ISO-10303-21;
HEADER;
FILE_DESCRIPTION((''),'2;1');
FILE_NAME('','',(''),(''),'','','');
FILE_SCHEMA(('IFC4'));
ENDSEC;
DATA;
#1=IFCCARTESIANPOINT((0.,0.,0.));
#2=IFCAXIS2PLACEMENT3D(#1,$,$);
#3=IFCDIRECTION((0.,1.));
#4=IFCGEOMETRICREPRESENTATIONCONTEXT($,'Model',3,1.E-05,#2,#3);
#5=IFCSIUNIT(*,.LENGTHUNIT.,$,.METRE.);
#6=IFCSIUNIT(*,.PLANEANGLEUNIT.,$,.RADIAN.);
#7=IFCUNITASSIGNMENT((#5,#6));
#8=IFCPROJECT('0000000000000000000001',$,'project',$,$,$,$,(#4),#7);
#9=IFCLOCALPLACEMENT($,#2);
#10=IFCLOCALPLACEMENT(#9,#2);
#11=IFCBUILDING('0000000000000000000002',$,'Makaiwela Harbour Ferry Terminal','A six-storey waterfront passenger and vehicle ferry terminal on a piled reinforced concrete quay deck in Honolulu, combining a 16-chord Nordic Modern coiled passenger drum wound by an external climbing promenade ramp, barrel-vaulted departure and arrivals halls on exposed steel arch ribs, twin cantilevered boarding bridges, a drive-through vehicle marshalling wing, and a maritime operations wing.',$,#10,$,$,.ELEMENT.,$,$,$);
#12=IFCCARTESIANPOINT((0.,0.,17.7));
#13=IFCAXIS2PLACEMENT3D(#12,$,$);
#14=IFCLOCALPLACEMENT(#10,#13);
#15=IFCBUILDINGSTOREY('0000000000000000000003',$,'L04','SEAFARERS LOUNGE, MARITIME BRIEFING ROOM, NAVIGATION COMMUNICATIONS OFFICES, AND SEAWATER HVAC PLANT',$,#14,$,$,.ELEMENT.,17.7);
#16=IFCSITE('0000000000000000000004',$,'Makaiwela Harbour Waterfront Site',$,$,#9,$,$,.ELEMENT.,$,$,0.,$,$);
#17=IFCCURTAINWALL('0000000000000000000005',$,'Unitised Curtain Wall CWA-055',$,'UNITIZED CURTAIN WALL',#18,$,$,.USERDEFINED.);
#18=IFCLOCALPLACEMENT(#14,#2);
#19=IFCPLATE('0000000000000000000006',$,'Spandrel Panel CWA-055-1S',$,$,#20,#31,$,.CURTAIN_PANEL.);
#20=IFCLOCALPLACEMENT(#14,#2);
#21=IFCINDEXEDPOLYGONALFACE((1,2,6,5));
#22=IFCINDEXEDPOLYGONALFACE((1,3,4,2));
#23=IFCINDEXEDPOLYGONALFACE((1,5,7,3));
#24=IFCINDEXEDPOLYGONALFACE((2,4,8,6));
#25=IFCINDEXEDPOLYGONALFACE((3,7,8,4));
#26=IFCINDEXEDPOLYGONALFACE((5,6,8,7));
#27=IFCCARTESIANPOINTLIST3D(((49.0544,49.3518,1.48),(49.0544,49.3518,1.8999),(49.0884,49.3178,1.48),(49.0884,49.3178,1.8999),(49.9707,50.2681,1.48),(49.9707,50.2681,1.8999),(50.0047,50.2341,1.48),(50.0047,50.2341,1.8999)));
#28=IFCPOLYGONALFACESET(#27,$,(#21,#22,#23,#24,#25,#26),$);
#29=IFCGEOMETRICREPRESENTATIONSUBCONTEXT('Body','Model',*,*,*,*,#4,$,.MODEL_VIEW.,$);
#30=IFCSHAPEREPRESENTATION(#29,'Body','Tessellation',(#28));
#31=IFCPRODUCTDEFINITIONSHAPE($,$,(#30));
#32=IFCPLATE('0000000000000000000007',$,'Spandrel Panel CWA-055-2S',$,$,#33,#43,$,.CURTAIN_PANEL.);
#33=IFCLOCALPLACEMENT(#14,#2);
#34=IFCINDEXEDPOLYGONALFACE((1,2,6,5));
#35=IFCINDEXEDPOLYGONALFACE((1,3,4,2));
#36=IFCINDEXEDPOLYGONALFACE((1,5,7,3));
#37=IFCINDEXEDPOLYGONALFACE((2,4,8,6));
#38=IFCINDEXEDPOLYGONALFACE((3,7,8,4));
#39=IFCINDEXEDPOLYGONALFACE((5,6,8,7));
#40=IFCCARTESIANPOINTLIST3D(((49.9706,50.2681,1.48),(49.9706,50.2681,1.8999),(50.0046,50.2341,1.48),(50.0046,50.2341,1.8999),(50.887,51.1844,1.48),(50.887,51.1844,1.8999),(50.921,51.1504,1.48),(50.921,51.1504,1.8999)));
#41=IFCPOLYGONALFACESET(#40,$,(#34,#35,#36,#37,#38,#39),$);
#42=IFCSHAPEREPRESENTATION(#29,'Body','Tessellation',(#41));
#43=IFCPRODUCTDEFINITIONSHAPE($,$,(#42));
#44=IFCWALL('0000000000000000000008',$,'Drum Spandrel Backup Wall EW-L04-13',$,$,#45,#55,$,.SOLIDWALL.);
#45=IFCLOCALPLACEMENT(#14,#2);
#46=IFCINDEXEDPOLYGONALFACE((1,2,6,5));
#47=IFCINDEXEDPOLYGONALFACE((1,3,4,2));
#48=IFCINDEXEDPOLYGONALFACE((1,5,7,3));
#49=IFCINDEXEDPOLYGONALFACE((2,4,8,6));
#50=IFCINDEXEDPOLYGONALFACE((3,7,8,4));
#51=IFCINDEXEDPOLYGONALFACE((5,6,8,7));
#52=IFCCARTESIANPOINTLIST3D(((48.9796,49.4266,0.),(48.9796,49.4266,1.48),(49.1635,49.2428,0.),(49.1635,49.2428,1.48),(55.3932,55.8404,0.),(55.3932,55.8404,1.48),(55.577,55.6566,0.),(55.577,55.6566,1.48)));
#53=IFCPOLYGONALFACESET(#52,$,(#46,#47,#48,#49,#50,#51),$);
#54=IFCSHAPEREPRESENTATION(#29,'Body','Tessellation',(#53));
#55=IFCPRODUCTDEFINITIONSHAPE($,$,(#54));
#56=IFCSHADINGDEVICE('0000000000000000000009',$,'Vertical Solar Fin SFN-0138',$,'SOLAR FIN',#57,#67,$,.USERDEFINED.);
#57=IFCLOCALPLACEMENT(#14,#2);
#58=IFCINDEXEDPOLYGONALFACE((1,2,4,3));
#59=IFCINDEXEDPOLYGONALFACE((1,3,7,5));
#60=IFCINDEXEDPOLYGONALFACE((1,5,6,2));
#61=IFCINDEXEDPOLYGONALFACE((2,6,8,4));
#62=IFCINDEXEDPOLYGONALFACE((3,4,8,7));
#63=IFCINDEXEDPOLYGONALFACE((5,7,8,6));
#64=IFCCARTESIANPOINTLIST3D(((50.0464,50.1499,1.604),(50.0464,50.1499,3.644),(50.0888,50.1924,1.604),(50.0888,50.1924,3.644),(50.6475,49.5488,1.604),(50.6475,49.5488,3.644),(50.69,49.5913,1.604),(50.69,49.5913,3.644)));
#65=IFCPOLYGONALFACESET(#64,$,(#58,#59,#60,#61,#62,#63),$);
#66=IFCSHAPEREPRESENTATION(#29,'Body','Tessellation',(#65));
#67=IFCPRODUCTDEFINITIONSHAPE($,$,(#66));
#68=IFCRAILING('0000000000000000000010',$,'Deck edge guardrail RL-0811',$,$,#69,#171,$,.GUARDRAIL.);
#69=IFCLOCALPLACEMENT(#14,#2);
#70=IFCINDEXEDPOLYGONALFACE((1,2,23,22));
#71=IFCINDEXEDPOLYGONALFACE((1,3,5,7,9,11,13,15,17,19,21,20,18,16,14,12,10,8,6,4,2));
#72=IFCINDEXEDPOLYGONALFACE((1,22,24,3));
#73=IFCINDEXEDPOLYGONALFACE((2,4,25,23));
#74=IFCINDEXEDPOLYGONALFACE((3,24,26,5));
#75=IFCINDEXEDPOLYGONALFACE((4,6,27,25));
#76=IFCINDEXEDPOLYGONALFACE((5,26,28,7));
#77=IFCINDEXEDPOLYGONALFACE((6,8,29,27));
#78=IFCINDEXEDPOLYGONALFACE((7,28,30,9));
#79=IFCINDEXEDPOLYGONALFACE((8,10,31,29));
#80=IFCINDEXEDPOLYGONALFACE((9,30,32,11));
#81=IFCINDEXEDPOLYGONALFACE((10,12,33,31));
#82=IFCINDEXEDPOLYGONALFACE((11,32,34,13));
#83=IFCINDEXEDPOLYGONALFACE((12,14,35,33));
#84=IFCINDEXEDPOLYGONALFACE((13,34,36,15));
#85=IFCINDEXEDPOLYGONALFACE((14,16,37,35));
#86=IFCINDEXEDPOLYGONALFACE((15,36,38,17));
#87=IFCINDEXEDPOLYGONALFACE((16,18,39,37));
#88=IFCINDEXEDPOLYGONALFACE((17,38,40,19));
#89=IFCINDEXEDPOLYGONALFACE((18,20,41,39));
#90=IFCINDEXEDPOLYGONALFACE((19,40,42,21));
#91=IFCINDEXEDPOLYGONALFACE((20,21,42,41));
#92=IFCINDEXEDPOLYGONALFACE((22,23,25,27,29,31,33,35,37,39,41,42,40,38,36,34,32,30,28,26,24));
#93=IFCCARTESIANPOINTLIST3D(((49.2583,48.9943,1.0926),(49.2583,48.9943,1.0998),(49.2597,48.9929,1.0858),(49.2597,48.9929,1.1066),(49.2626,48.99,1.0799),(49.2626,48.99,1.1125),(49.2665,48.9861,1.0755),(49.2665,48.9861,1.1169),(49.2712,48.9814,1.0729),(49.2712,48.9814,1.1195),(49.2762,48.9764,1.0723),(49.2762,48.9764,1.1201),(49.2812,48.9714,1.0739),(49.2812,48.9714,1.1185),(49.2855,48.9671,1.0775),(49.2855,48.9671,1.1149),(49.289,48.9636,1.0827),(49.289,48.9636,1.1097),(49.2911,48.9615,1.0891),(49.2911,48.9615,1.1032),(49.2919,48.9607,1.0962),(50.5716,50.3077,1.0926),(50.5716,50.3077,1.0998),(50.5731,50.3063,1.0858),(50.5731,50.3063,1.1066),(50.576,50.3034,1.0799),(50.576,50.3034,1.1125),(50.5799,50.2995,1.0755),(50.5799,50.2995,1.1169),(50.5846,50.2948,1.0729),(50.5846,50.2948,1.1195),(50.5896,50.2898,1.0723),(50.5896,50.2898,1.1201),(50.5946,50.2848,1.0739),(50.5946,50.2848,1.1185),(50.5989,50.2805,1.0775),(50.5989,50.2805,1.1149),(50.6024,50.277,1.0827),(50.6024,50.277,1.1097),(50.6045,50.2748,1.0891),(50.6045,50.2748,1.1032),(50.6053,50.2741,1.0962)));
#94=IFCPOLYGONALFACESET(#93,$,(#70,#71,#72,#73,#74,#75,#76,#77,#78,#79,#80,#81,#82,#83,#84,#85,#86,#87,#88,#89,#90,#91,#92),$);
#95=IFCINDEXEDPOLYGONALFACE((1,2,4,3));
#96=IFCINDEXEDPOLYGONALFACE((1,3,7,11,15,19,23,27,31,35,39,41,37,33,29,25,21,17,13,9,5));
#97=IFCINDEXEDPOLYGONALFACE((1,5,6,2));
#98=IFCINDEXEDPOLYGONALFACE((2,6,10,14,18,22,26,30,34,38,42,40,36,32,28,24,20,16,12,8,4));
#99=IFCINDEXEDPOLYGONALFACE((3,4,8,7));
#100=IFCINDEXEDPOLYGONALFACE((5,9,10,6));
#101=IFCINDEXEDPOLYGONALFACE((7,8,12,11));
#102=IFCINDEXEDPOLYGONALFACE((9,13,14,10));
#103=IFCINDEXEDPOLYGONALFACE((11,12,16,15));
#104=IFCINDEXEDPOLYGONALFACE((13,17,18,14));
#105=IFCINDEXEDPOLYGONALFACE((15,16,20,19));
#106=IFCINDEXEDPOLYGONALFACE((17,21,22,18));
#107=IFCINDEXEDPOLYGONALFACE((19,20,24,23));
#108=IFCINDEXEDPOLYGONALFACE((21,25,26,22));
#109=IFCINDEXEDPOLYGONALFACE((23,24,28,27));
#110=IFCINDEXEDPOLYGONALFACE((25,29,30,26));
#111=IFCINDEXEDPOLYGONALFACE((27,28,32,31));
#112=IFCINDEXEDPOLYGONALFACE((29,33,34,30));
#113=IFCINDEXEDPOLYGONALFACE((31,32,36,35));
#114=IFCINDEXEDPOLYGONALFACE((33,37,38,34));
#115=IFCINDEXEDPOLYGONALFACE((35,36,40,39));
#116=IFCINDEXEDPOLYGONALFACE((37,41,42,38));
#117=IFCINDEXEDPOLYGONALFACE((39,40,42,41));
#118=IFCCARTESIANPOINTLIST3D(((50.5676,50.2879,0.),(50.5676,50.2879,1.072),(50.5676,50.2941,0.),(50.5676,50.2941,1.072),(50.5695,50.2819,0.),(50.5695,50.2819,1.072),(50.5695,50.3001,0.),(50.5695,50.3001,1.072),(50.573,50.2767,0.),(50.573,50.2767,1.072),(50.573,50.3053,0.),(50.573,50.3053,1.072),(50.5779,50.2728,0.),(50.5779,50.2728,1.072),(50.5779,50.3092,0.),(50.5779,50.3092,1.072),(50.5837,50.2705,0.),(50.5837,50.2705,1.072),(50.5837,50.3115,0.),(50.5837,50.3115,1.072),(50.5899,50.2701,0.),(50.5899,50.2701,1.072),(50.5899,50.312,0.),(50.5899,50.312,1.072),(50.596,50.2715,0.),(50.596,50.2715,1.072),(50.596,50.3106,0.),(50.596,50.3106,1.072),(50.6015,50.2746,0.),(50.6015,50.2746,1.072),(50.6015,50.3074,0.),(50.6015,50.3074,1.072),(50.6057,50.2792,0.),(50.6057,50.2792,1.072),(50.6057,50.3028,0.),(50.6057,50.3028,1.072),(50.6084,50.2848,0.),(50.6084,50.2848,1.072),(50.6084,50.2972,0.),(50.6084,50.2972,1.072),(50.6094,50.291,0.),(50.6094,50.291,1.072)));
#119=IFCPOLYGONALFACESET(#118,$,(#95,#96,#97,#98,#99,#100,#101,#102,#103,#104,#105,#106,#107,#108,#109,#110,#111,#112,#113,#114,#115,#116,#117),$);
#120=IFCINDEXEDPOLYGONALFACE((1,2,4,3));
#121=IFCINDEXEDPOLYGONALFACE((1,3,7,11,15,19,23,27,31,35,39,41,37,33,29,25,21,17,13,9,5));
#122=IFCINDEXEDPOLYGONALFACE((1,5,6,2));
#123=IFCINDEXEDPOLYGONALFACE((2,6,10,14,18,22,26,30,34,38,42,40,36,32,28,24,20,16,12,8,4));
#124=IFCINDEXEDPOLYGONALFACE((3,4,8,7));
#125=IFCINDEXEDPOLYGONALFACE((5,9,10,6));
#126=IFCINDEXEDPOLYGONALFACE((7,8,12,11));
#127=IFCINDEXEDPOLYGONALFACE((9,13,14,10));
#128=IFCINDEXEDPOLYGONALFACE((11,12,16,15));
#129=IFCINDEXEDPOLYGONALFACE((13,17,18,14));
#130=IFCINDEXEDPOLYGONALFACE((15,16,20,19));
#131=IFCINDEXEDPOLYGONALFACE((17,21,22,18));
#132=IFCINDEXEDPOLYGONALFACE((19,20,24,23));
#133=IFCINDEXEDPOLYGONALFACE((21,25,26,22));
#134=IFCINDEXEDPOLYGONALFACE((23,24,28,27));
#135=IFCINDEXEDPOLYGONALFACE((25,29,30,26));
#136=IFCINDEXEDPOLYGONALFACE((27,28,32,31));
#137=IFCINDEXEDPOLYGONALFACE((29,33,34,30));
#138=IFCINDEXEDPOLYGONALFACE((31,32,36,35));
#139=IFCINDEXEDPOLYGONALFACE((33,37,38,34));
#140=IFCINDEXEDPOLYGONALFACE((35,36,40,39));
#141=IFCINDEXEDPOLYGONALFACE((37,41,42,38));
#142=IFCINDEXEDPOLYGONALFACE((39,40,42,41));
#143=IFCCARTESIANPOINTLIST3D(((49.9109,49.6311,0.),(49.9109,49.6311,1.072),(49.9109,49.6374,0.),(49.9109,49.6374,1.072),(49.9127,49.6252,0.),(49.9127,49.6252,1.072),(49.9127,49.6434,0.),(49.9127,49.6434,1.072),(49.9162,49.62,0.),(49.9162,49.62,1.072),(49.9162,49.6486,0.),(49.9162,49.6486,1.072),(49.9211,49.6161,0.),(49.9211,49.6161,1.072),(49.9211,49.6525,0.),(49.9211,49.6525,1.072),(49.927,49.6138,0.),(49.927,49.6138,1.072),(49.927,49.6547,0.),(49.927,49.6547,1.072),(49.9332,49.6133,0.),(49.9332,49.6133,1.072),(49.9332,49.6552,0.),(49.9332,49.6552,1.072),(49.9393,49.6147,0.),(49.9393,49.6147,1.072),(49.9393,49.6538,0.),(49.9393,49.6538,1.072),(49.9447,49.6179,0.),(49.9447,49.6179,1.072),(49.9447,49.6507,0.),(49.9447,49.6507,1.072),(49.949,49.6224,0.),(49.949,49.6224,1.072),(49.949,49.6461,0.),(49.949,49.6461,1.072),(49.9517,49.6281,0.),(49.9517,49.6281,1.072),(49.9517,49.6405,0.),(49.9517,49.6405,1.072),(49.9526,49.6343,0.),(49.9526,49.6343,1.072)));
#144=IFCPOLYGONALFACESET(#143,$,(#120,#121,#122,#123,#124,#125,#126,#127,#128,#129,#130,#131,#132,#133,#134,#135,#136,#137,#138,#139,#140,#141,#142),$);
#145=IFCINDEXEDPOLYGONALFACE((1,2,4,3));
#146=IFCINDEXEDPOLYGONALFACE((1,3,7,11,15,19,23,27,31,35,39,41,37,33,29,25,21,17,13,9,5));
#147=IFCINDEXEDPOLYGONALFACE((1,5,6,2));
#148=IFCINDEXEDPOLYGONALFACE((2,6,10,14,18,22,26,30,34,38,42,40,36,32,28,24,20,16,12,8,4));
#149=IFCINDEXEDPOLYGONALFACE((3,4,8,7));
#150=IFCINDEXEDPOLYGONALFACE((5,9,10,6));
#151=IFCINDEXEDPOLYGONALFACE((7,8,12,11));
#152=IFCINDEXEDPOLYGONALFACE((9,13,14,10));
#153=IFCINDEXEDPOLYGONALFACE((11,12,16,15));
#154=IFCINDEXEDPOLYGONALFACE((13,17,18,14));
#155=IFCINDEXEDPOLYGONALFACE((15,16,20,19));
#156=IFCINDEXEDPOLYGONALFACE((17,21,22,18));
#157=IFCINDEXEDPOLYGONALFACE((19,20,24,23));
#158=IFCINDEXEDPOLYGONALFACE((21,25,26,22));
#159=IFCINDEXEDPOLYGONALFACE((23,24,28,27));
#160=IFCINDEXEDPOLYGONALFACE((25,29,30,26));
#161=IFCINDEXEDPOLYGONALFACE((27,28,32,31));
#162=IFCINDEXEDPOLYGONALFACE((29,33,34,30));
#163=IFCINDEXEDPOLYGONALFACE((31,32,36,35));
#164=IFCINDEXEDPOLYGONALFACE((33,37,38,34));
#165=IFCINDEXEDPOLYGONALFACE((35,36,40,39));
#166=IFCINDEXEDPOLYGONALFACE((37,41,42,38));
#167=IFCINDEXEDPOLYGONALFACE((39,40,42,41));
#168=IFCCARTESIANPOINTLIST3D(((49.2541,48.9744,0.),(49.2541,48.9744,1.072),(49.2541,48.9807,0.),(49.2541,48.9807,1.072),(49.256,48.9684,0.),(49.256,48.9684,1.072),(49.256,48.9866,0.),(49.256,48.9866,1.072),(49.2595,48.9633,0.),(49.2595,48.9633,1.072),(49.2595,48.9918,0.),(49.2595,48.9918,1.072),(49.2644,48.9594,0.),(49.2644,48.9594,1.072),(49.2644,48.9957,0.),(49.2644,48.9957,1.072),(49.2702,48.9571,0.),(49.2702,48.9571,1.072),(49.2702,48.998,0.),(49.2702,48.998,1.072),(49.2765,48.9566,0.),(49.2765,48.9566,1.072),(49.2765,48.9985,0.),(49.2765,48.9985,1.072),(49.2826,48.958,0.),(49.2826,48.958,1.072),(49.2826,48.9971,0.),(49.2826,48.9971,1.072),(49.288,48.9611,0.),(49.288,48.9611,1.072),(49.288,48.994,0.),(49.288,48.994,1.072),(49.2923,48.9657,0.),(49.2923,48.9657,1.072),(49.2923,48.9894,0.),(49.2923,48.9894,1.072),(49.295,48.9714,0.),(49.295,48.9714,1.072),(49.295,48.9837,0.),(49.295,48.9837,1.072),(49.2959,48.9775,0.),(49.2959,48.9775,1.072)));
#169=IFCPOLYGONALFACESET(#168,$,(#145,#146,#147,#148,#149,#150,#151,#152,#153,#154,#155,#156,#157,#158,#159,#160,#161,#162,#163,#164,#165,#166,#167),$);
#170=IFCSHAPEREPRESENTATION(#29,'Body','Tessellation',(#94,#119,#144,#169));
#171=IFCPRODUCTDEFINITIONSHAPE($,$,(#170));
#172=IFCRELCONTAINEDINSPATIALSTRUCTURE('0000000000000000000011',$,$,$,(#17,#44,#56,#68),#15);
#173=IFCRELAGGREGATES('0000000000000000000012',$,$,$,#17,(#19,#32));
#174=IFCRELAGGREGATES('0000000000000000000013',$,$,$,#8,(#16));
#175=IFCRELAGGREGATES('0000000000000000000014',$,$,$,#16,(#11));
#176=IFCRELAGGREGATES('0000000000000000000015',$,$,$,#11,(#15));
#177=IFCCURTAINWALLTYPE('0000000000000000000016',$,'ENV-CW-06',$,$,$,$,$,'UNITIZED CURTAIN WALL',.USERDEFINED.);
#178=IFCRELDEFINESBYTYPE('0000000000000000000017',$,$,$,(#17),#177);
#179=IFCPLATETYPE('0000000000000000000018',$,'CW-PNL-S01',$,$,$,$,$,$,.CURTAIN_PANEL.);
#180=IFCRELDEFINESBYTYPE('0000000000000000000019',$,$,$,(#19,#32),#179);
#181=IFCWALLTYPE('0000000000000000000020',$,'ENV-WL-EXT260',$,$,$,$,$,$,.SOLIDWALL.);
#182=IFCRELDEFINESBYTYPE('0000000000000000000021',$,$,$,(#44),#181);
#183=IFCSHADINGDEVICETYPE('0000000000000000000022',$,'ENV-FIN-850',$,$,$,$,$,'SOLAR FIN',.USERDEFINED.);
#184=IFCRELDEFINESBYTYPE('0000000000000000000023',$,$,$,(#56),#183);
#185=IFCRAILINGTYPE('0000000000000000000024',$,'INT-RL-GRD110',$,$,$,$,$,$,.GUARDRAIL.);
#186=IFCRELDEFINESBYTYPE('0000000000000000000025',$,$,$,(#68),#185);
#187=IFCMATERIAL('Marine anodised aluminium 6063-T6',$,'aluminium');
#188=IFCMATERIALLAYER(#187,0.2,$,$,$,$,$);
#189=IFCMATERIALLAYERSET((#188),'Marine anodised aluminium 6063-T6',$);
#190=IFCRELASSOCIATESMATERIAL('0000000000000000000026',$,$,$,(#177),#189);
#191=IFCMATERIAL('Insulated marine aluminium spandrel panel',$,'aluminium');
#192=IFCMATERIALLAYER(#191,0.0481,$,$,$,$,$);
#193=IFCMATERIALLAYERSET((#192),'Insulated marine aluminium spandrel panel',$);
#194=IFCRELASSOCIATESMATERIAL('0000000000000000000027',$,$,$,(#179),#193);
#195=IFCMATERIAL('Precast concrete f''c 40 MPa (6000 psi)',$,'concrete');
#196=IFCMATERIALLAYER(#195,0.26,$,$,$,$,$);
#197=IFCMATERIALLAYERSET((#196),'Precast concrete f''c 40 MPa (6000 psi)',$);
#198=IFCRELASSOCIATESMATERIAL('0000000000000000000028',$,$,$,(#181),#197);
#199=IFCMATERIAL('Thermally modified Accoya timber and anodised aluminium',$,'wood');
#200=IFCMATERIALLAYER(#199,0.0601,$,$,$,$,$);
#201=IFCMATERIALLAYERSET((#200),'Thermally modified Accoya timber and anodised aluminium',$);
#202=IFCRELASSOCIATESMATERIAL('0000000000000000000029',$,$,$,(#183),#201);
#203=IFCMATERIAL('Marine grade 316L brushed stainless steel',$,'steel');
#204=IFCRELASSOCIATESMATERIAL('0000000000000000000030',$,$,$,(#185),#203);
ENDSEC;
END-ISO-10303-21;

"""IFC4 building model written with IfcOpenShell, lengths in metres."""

from ifc_helpers import new_model, si_unit, direction, frame, frame_2d, origin, origin_2d, place, context, subcontext, project, spatial, rectangle, circle, extrude, material, layer, layer_set, type_object, element, aggregate, save


model = new_model("IFC4")

# Units and contexts
model_context = context("Model", 3, precision=1e-05, world=origin(), true_north=direction((0.0, 1.0)))
body_context = subcontext(model_context, "Body", "Model", "MODEL_VIEW")
ifc_project = project(units=[si_unit("LENGTHUNIT", "METRE"), si_unit("PLANEANGLEUNIT", "RADIAN")], contexts=[model_context])

# Site, building, storey
site_placement = place(None, origin())
site = spatial("IfcSite", under=ifc_project, at=site_placement, Name="Makaiwela Harbour Waterfront Site", CompositionType="ELEMENT", RefElevation=0.0)
building_placement = place(site_placement, origin())
building = spatial("IfcBuilding", under=site, at=building_placement, Name="Makaiwela Harbour Ferry Terminal", Description="A six-storey waterfront passenger and vehicle ferry terminal on a piled reinforced concrete quay deck in Honolulu, combining a 16-chord Nordic Modern coiled passenger drum wound by an external climbing promenade ramp, barrel-vaulted departure and arrivals halls on exposed steel arch ribs, twin cantilevered boarding bridges, a drive-through vehicle marshalling wing, and a maritime operations wing.", CompositionType="ELEMENT")
storey_placement = place(building_placement, frame((0.0, 0.0, 17.7)))
storey = spatial("IfcBuildingStorey", under=building, at=storey_placement, Name="L04", Description="SEAFARERS LOUNGE, MARITIME BRIEFING ROOM, NAVIGATION COMMUNICATIONS OFFICES, AND SEAWATER HVAC PLANT", CompositionType="ELEMENT", Elevation=17.7)

# Shared definitions
ifc_material_1 = material(Name="Marine anodised aluminium 6063-T6", Category="aluminium")
ifc_layer_1 = layer(ifc_material_1, 0.2)
ifc_layer_set_1 = layer_set([ifc_layer_1], Name="Marine anodised aluminium 6063-T6")
curtain_wall_type = type_object("IfcCurtainWallType", Name="ENV-CW-06", ElementType="UNITIZED CURTAIN WALL", PredefinedType="USERDEFINED", material=ifc_layer_set_1)

# Curtain wall, plates
curtain_wall_1_placement = place(storey_placement, origin())
curtain_wall_1 = element("IfcCurtainWall", 1, at=curtain_wall_1_placement, inside=storey, type_object=curtain_wall_type, Name="Unitised Curtain Wall CWA-055", ObjectType="UNITIZED CURTAIN WALL", PredefinedType="USERDEFINED")
ifc_material_2 = material(Name="Insulated marine aluminium spandrel panel", Category="aluminium")
ifc_layer_2 = layer(ifc_material_2, 0.0481)
ifc_layer_set_2 = layer_set([ifc_layer_2], Name="Insulated marine aluminium spandrel panel")
plate_type_1 = type_object("IfcPlateType", Name="CW-PNL-S01", PredefinedType="CURTAIN_PANEL", material=ifc_layer_set_2)
plate_1_placement = place(storey_placement, frame((49.5295, 49.793, 1.48), z_axis=(0.0, 0.0, 1.0), x_axis=(0.707107, 0.707107, 0.0)))
plate_1 = element("IfcPlate", 2, at=plate_1_placement, type_object=plate_type_1, Name="Spandrel Panel CWA-055-1S", PredefinedType="CURTAIN_PANEL", context=body_context, shape_type="SweptSolid", body=[
    extrude(rectangle(XDim=1.2959, YDim=0.0481, at=origin_2d()), origin(), (0.0, 0.0, 1.0), 0.4199),
])
plate_2_placement = place(storey_placement, frame((50.4458, 50.7092, 1.48), z_axis=(0.0, 0.0, 1.0), x_axis=(0.707107, 0.707107, 0.0)))
plate_2 = element("IfcPlate", 3, at=plate_2_placement, type_object=plate_type_1, Name="Spandrel Panel CWA-055-2S", PredefinedType="CURTAIN_PANEL", context=body_context, shape_type="SweptSolid", body=[
    extrude(rectangle(XDim=1.2959, YDim=0.0481, at=origin_2d()), origin(), (0.0, 0.0, 1.0), 0.4199),
])
aggregate(curtain_wall_1, [plate_1, plate_2])

# Wall
ifc_material_3 = material(Name="Precast concrete f'c 40 MPa (6000 psi)", Category="concrete")
ifc_layer_3 = layer(ifc_material_3, 0.26)
ifc_layer_set_3 = layer_set([ifc_layer_3], Name="Precast concrete f'c 40 MPa (6000 psi)")
wall_type_1 = type_object("IfcWallType", Name="ENV-WL-EXT260", PredefinedType="SOLIDWALL", material=ifc_layer_set_3)
wall_1_placement = place(storey_placement, frame((49.0715, 49.3347, 0.0), z_axis=(0.0, 0.0, 1.0), x_axis=(0.707093, 0.70712, 0.0)))
element("IfcWall", 4, at=wall_1_placement, inside=storey, type_object=wall_type_1, Name="Drum Spandrel Backup Wall EW-L04-13", PredefinedType="SOLIDWALL", context=body_context, shape_type="SweptSolid", body=[
    extrude(rectangle(XDim=9.0703, YDim=0.26, at=frame_2d((4.5352, 0.0))), origin(), (0.0, 0.0, 1.0), 1.48),
])

# Shading device
ifc_material_4 = material(Name="Thermally modified Accoya timber and anodised aluminium", Category="wood")
ifc_layer_4 = layer(ifc_material_4, 0.0601)
ifc_layer_set_4 = layer_set([ifc_layer_4], Name="Thermally modified Accoya timber and anodised aluminium")
shading_device_type = type_object("IfcShadingDeviceType", Name="ENV-FIN-850", ElementType="SOLAR FIN", PredefinedType="USERDEFINED", material=ifc_layer_set_4)
shading_device_placement = place(storey_placement, frame((50.3682, 49.8706, 1.604), z_axis=(0.0, 0.0, 1.0), x_axis=(0.707107, -0.707107, 0.0)))
element("IfcShadingDevice", 5, at=shading_device_placement, inside=storey, type_object=shading_device_type, Name="Vertical Solar Fin SFN-0138", ObjectType="SOLAR FIN", PredefinedType="USERDEFINED", context=body_context, shape_type="SweptSolid", body=[
    extrude(rectangle(XDim=0.8501, YDim=0.0601, at=origin_2d()), origin(), (0.0, 0.0, 1.0), 2.04),
])

# Railing
ifc_material_5 = material(Name="Marine grade 316L brushed stainless steel", Category="steel")
railing_type_1 = type_object("IfcRailingType", Name="INT-RL-GRD110", PredefinedType="GUARDRAIL", material=ifc_material_5)
railing_1_placement = place(storey_placement, frame((50.5884, 50.291, 0.0)))
element("IfcRailing", 6, at=railing_1_placement, inside=storey, type_object=railing_type_1, Name="Deck edge guardrail RL-0811", PredefinedType="GUARDRAIL", context=body_context, shape_type="SweptSolid", body=[
    extrude(circle(Radius=0.0239, at=origin_2d()), frame((0.0, 0.0, 1.0962), z_axis=(-0.707107, -0.707107, 0.0), x_axis=(0.707107, -0.707107, 0.0)), (0.0, 0.0, 1.0), 1.8574),
    extrude(circle(Radius=0.021, at=origin_2d()), origin(), (0.0, 0.0, 1.0), 1.072),
    extrude(circle(Radius=0.021, at=origin_2d()), frame((-0.6567, -0.6567, 0.0)), (0.0, 0.0, 1.0), 1.072),
    extrude(circle(Radius=0.021, at=origin_2d()), frame((-1.3135, -1.3135, 0.0)), (0.0, 0.0, 1.0), 1.072),
])

save(model, "model.ifc")
